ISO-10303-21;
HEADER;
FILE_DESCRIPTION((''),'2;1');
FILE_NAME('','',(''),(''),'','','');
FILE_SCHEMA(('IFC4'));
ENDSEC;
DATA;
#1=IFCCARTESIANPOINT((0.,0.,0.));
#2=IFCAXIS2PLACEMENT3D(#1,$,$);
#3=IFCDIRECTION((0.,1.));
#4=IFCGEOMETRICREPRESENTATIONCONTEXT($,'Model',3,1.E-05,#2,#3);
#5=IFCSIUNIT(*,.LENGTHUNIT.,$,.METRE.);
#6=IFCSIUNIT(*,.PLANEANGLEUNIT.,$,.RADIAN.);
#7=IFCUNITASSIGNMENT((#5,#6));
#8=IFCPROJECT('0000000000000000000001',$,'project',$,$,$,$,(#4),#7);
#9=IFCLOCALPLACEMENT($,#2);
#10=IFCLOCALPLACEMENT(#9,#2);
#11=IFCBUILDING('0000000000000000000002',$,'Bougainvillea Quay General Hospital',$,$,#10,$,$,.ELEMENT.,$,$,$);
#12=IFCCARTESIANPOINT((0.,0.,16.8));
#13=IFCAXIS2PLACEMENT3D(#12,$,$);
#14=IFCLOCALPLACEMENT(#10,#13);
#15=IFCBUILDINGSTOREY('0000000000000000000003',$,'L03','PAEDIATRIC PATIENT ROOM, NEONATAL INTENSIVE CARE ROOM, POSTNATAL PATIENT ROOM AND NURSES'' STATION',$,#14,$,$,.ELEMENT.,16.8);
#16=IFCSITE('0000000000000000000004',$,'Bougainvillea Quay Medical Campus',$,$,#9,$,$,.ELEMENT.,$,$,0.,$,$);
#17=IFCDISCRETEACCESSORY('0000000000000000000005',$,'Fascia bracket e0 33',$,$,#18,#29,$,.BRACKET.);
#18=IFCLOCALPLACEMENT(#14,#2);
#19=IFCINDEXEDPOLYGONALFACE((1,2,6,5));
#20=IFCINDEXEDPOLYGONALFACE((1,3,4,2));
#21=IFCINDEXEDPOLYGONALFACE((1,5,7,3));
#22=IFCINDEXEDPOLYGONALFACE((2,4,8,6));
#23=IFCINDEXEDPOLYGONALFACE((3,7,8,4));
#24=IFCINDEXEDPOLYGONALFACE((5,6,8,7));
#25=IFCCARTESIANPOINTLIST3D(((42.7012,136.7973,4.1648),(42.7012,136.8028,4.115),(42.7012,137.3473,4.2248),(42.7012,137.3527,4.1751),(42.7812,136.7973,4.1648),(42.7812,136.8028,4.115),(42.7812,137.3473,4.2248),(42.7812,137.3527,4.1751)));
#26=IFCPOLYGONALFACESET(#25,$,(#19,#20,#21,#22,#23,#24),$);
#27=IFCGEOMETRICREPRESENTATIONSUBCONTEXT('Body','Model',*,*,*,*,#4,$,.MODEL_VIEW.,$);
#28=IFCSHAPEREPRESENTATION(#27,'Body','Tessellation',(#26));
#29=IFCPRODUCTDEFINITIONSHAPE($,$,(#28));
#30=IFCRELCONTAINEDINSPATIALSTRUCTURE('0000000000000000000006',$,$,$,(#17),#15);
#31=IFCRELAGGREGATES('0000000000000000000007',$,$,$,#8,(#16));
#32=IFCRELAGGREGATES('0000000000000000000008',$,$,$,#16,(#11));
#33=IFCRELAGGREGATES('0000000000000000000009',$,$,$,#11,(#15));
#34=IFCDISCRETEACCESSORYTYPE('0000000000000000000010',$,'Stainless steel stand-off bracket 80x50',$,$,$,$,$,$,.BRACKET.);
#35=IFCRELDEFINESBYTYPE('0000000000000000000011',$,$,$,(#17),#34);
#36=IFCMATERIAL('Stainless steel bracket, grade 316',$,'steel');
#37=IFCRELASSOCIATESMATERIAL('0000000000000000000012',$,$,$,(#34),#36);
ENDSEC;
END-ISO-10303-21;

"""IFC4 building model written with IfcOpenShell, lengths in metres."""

from ifc_helpers import new_model, si_unit, direction, frame, origin, origin_2d, place, context, subcontext, project, spatial, rectangle, extrude, material, material_profile, profile_set, type_object, element, save


model = new_model("IFC4")

# Units and contexts
model_context = context("Model", 3, precision=1e-05, world=origin(), true_north=direction((0.0, 1.0)))
body_context = subcontext(model_context, "Body", "Model", "MODEL_VIEW")
ifc_project = project(units=[si_unit("LENGTHUNIT", "METRE"), si_unit("PLANEANGLEUNIT", "RADIAN")], contexts=[model_context])

# Site, building, storey
site_placement = place(None, origin())
site = spatial("IfcSite", under=ifc_project, at=site_placement, Name="Bougainvillea Quay Medical Campus", CompositionType="ELEMENT", RefElevation=0.0)
building_placement = place(site_placement, origin())
building = spatial("IfcBuilding", under=site, at=building_placement, Name="Bougainvillea Quay General Hospital", CompositionType="ELEMENT")
storey_placement = place(building_placement, frame((0.0, 0.0, 16.8)))
storey = spatial("IfcBuildingStorey", under=building, at=storey_placement, Name="L03", Description="PAEDIATRIC PATIENT ROOM, NEONATAL INTENSIVE CARE ROOM, POSTNATAL PATIENT ROOM AND NURSES' STATION", CompositionType="ELEMENT", Elevation=16.8)

# Discrete accessory
ifc_material_1 = material(Name="Stainless steel bracket, grade 316", Category="steel")
ifc_material_profile_1 = material_profile(ifc_material_1, rectangle(XDim=0.0801, YDim=0.05, at=origin_2d()))
ifc_profile_set_1 = profile_set([ifc_material_profile_1], Name="Stainless steel bracket, grade 316")
discrete_accessory_type = type_object("IfcDiscreteAccessoryType", Name="Stainless steel stand-off bracket 80x50", PredefinedType="BRACKET", material=ifc_profile_set_1)
discrete_accessory_1_placement = place(storey_placement, frame((42.7412, 136.8, 4.1399), z_axis=(0.0, 0.994092, 0.108543), x_axis=(-1.0, 0.0, 0.0)))
element("IfcDiscreteAccessory", 1, at=discrete_accessory_1_placement, inside=storey, type_object=discrete_accessory_type, Name="Fascia bracket e0 33", PredefinedType="BRACKET", context=body_context, shape_type="SweptSolid", body=[
    extrude(rectangle(XDim=0.0801, YDim=0.05, at=origin_2d()), origin(), (0.0, 0.0, 1.0), 0.5532),
])

save(model, "model.ifc")
